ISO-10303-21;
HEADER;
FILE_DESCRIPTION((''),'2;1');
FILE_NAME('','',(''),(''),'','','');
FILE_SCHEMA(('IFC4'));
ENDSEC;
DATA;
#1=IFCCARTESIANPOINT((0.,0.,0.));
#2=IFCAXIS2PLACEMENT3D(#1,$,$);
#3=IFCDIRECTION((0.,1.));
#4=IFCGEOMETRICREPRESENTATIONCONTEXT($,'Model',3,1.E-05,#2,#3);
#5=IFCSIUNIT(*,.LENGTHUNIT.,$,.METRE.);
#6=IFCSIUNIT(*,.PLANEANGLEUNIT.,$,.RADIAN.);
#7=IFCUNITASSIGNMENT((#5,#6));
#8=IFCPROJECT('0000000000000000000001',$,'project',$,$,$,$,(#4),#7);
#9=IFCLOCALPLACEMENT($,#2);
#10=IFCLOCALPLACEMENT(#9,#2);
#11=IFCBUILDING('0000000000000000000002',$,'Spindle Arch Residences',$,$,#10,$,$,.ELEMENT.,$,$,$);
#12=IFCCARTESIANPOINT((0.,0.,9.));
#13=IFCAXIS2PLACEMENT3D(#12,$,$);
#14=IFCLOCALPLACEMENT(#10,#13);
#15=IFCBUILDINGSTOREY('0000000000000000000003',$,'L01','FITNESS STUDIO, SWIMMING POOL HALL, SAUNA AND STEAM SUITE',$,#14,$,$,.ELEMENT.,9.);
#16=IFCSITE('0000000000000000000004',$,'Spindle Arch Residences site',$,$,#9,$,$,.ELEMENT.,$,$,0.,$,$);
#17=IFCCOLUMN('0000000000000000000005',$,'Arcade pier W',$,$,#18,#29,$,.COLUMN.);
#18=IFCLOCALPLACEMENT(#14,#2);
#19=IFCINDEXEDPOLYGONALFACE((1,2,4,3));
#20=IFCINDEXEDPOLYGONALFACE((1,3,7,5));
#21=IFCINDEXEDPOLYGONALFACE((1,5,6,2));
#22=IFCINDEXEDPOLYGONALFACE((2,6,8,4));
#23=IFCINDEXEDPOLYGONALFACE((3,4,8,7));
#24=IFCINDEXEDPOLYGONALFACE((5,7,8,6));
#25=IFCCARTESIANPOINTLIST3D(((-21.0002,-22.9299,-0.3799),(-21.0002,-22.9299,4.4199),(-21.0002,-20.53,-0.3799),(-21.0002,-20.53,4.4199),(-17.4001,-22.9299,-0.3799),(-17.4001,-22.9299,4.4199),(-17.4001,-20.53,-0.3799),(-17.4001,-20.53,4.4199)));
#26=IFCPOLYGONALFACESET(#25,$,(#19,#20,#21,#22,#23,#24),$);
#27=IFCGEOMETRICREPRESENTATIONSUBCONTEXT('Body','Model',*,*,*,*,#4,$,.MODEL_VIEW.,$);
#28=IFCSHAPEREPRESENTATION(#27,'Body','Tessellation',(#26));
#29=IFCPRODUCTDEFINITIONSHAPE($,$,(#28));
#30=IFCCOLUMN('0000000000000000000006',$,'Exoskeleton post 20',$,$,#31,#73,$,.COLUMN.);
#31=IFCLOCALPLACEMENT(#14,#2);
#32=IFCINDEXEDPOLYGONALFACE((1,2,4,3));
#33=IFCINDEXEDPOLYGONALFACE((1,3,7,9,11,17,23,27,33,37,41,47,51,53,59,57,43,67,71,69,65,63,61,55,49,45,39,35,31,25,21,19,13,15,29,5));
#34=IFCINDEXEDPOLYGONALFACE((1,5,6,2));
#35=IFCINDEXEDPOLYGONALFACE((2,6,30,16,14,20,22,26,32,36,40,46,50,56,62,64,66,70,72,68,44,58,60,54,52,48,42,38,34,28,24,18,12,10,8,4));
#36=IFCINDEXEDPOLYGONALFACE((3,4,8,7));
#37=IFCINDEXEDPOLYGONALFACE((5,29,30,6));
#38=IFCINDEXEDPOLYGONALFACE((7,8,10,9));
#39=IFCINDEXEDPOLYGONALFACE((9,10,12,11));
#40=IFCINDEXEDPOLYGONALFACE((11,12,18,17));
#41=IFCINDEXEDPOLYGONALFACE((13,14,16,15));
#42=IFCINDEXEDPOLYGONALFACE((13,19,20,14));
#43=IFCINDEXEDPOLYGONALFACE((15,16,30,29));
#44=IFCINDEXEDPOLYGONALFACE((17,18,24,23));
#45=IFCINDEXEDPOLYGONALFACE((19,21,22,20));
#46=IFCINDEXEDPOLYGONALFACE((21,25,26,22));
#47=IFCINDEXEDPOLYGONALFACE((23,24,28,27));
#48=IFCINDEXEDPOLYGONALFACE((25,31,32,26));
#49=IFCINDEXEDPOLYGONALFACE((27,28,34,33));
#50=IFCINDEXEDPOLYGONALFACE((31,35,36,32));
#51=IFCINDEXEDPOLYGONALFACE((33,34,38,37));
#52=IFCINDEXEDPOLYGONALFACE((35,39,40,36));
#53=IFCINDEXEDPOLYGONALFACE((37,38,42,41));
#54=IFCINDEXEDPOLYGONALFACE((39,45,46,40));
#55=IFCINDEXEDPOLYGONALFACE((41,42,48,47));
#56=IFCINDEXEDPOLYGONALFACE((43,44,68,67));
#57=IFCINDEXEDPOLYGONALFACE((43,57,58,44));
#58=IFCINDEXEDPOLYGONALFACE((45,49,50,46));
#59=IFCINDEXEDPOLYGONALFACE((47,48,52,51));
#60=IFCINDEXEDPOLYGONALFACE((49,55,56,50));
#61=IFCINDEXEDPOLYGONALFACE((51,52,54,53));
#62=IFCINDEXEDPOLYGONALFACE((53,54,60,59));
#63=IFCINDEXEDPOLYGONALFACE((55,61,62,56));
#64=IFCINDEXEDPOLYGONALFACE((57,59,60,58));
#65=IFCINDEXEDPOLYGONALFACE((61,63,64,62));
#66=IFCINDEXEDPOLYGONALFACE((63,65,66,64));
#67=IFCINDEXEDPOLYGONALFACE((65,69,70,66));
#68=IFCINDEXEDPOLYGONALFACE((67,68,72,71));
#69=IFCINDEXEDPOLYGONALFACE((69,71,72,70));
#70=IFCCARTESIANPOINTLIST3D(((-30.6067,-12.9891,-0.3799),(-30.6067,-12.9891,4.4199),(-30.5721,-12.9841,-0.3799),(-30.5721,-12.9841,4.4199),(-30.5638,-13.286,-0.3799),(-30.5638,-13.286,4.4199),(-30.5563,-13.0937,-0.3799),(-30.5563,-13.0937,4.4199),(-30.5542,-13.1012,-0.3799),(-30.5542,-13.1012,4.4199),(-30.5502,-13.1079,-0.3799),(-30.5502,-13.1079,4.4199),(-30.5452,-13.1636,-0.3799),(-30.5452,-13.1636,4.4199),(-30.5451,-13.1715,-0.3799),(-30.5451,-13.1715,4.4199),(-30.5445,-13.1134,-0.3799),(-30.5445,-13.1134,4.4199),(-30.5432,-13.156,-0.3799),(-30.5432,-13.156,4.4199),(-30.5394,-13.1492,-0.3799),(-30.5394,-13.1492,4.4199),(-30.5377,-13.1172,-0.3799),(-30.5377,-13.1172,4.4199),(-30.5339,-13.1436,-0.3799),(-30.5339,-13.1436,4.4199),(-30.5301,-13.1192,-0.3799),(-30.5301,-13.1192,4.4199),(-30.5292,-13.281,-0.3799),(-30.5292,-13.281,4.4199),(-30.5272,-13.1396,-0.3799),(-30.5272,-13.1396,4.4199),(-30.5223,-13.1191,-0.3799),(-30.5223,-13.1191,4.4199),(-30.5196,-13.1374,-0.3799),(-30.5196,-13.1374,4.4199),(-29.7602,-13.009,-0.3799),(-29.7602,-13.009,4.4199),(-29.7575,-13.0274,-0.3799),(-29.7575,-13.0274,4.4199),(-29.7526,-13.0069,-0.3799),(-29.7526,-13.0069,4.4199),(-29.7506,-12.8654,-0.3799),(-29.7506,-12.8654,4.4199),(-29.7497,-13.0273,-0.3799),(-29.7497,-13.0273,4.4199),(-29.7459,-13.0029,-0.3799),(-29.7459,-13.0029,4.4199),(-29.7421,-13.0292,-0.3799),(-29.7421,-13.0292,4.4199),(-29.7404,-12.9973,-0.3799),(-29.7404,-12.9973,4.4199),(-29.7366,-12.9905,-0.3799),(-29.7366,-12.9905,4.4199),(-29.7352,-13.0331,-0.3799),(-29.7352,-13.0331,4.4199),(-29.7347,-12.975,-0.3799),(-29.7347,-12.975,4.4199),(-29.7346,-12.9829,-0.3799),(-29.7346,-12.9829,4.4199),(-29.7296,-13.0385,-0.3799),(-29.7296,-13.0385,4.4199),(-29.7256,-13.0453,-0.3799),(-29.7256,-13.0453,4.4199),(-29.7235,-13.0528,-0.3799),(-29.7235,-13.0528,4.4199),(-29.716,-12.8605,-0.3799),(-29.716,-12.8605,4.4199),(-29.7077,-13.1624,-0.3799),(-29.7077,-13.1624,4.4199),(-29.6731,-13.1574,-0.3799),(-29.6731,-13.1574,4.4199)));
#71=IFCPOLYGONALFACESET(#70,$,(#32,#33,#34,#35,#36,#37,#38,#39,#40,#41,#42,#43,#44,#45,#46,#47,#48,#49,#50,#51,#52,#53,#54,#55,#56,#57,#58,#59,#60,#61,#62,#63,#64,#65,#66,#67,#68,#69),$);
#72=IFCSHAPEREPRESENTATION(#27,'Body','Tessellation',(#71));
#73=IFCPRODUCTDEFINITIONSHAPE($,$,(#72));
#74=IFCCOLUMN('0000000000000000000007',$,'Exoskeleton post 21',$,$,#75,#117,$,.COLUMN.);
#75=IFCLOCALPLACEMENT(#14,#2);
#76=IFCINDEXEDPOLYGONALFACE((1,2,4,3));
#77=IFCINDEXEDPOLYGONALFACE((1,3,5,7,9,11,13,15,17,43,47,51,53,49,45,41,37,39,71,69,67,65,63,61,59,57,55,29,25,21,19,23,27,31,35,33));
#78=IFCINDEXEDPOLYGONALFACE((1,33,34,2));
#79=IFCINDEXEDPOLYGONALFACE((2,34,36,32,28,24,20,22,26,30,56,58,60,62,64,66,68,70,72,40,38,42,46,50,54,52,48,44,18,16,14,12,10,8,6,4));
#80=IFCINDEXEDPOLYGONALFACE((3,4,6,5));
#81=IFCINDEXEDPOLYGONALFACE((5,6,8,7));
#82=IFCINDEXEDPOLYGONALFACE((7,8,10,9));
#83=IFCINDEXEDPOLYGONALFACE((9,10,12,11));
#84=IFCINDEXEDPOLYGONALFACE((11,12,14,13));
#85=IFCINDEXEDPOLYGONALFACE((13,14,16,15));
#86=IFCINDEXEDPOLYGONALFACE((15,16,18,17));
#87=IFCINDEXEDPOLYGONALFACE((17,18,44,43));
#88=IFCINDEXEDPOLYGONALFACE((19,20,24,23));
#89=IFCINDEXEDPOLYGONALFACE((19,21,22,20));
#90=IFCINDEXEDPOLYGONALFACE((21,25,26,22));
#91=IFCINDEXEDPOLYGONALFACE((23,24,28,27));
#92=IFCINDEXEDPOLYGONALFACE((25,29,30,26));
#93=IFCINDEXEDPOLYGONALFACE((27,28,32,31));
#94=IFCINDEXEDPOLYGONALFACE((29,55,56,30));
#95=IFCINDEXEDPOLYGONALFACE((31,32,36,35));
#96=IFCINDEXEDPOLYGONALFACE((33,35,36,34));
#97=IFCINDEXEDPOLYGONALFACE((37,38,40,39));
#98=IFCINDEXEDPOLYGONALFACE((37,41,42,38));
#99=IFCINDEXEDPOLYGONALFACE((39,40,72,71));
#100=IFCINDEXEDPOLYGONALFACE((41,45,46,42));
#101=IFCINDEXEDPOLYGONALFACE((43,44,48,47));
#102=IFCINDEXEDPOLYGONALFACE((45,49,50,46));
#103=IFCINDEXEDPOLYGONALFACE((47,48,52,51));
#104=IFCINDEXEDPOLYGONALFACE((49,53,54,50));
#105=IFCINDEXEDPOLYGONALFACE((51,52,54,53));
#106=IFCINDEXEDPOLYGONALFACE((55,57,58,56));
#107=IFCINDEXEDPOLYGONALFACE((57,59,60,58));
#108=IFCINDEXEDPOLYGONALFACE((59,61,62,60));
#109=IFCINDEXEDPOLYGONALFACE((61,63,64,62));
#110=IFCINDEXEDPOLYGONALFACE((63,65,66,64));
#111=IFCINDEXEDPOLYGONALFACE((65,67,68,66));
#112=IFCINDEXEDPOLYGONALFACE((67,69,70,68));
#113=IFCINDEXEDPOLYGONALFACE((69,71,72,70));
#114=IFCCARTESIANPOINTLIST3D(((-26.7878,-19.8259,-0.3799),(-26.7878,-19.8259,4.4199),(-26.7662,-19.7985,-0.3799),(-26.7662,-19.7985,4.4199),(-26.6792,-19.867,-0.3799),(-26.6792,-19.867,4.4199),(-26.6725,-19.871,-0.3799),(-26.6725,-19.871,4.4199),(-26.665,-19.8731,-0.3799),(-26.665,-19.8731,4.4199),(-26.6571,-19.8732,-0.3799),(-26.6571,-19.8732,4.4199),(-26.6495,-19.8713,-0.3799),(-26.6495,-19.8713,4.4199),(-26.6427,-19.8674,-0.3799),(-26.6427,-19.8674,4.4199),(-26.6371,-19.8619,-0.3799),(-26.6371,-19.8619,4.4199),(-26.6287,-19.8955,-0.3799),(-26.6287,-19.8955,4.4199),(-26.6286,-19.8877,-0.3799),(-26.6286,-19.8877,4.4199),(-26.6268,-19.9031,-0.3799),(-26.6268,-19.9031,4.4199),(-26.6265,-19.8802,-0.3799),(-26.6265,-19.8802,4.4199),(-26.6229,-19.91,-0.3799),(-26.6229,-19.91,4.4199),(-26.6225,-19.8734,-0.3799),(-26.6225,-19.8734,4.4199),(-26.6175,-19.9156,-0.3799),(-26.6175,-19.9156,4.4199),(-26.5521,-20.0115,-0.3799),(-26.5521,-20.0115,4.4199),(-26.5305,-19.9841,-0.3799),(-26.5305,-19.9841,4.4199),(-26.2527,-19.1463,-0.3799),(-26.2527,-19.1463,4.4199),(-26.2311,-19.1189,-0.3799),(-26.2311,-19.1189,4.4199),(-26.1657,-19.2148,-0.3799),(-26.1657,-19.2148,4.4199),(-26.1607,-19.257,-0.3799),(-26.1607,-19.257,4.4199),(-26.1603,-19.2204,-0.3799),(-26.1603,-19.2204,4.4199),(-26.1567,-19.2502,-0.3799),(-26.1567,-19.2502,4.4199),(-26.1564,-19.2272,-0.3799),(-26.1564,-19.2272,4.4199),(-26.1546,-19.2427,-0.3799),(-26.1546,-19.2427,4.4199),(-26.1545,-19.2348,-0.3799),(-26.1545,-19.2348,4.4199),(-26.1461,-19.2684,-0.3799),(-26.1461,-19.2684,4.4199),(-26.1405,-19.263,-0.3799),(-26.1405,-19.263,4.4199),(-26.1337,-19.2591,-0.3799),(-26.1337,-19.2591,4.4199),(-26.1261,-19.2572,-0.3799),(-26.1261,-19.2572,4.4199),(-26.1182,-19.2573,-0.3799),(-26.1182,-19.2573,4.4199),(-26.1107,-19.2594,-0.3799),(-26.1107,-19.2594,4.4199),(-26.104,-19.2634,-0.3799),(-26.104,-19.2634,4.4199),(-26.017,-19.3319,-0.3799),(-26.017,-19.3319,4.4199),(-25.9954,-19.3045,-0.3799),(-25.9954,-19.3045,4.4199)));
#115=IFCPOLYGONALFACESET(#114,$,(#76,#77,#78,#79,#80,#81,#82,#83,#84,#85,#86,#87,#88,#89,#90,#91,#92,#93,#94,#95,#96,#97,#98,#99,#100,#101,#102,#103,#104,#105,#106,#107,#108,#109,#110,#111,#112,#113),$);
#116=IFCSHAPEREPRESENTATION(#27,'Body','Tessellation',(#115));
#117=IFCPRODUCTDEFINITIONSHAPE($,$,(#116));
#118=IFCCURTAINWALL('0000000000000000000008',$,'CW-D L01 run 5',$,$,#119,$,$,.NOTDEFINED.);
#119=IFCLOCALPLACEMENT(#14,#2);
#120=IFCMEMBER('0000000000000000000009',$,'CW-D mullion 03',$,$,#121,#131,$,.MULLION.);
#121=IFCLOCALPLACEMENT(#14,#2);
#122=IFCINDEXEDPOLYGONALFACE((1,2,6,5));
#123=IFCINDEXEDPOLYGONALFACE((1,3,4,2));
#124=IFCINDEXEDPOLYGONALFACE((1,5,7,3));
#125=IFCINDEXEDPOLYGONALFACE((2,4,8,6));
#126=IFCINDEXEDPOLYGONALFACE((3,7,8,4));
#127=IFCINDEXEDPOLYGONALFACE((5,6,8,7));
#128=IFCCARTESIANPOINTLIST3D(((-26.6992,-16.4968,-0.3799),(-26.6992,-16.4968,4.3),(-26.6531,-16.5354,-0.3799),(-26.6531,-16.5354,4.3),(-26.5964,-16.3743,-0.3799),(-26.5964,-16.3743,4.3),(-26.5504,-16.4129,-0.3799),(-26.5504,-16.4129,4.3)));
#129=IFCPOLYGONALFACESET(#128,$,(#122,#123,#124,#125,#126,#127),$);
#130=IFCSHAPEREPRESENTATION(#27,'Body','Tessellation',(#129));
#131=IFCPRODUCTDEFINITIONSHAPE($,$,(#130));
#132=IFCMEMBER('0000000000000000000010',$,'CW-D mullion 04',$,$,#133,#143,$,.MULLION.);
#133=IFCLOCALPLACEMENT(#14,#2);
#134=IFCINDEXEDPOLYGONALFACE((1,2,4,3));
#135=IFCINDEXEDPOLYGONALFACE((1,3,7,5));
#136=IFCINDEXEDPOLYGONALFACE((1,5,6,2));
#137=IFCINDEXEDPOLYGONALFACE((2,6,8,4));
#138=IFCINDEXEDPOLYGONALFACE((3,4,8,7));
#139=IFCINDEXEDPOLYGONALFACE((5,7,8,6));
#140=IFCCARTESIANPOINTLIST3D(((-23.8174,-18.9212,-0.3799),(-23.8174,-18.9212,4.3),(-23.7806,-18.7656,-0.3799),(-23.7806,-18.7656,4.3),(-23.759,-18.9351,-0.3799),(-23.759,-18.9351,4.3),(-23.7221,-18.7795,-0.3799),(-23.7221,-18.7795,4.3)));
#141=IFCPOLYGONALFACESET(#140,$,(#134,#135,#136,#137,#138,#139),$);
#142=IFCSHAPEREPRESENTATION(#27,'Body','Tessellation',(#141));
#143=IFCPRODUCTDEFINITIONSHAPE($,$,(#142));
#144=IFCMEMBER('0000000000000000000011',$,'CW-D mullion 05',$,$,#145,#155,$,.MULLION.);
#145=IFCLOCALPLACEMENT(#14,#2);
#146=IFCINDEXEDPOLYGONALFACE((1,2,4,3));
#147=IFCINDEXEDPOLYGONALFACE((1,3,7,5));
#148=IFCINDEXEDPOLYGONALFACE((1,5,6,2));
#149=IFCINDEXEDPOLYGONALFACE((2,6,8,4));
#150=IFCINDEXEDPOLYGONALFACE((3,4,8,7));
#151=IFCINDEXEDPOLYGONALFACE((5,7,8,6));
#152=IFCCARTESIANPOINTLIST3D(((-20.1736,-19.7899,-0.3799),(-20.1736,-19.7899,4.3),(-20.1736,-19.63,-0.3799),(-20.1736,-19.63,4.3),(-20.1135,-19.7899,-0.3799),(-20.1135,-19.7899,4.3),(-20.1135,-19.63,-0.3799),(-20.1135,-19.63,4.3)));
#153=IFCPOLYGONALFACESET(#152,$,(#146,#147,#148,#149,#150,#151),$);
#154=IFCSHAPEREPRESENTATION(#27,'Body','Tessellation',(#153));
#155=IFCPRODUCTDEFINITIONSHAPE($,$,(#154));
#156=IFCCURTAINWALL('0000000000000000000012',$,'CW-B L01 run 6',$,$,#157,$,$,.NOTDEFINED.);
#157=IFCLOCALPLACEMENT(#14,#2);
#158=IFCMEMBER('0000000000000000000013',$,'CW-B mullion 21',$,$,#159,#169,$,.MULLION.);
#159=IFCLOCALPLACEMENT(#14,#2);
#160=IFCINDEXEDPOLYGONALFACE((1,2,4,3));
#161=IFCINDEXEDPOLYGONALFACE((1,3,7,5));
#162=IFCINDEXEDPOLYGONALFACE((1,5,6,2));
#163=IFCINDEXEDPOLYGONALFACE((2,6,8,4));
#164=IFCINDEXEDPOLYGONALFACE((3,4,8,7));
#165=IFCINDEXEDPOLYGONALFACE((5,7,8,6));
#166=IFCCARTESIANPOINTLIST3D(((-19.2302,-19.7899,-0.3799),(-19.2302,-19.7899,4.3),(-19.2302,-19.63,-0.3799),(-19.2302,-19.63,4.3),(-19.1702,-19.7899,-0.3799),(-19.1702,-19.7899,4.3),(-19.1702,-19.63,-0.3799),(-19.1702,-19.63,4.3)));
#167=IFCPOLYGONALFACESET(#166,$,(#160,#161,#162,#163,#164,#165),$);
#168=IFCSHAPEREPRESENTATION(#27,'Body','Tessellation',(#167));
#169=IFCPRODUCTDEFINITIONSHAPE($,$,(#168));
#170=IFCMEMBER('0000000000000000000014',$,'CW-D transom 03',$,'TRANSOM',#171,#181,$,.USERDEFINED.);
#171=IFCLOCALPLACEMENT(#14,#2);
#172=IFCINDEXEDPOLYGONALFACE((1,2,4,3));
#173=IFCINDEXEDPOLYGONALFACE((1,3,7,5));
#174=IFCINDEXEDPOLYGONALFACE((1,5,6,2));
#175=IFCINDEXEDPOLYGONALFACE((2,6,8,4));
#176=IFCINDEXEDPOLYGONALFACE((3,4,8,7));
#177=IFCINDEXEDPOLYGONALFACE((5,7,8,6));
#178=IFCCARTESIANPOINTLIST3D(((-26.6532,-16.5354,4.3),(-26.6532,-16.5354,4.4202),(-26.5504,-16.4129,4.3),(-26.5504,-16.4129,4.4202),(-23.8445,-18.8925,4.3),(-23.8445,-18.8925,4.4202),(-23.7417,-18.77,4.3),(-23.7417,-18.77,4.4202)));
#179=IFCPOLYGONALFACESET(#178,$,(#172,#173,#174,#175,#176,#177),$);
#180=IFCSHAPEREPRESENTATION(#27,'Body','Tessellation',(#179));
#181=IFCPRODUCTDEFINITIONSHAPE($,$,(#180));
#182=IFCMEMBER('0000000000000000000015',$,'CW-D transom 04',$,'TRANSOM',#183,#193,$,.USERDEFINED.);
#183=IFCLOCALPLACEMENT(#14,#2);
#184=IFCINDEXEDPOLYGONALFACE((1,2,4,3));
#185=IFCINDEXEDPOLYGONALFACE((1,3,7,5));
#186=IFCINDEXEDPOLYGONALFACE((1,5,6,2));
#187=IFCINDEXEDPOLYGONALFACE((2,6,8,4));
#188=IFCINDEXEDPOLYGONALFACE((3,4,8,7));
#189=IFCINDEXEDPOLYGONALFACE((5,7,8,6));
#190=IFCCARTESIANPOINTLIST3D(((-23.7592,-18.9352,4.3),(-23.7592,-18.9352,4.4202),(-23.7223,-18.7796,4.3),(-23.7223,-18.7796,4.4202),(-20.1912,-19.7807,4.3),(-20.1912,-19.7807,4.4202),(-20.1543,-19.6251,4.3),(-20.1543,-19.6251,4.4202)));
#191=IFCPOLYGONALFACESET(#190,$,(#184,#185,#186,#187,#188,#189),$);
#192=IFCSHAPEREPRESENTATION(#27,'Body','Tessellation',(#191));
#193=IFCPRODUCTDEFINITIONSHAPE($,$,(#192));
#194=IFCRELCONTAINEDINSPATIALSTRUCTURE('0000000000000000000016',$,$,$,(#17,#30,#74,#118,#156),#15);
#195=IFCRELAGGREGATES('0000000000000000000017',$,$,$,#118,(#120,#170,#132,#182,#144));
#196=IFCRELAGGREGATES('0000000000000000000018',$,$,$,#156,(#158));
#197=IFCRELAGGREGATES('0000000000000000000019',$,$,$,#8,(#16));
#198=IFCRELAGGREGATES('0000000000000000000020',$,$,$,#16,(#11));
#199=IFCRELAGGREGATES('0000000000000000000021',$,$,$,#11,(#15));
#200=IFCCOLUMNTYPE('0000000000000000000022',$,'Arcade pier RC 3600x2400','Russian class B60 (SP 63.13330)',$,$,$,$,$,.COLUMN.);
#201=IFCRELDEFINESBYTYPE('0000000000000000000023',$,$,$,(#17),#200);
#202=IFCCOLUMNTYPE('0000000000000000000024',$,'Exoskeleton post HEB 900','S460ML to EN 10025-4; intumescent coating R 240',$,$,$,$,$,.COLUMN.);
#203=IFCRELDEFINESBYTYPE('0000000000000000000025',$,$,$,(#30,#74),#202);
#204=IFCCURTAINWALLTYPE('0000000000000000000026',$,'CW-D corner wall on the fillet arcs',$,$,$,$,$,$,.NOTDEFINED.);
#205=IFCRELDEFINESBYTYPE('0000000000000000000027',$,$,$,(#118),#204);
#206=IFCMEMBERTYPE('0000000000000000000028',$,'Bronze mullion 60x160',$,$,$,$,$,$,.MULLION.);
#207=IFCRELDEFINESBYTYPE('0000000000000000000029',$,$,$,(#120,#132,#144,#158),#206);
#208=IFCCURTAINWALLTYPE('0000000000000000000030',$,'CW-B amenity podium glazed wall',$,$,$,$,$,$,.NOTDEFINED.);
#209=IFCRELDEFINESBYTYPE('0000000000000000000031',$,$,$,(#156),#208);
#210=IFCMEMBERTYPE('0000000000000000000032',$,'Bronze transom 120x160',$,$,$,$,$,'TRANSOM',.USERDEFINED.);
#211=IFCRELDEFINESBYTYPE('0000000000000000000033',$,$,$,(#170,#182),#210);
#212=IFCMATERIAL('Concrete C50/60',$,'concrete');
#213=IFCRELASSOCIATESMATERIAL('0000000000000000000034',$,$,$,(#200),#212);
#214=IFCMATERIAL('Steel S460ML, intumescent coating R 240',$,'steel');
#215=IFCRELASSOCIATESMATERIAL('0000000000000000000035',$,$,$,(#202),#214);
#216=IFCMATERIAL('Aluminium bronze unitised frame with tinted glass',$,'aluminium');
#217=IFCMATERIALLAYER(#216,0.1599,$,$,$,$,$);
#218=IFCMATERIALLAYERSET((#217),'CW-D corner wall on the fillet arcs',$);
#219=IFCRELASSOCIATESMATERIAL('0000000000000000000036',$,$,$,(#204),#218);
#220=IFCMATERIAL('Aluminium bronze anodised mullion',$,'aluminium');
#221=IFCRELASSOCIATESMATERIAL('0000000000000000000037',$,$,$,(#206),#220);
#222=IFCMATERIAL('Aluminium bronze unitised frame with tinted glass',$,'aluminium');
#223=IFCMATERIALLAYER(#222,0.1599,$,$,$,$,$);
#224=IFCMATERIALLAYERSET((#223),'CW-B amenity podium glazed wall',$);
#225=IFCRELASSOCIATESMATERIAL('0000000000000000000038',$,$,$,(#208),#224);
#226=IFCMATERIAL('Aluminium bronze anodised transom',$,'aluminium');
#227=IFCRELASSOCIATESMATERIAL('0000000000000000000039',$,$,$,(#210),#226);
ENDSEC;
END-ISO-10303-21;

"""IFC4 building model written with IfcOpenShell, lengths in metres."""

from ifc_helpers import new_model, si_unit, direction, frame, origin, origin_2d, place, context, subcontext, project, spatial, rectangle, i_section, extrude, material, layer, layer_set, material_profile, profile_set, type_object, element, aggregate, save


model = new_model("IFC4")

# Units and contexts
model_context = context("Model", 3, precision=1e-05, world=origin(), true_north=direction((0.0, 1.0)))
body_context = subcontext(model_context, "Body", "Model", "MODEL_VIEW")
ifc_project = project(units=[si_unit("LENGTHUNIT", "METRE"), si_unit("PLANEANGLEUNIT", "RADIAN")], contexts=[model_context])

# Site, building, storey
site_placement = place(None, origin())
site = spatial("IfcSite", under=ifc_project, at=site_placement, Name="Spindle Arch Residences site", CompositionType="ELEMENT", RefElevation=0.0)
building_placement = place(site_placement, origin())
building = spatial("IfcBuilding", under=site, at=building_placement, Name="Spindle Arch Residences", CompositionType="ELEMENT")
storey_placement = place(building_placement, frame((0.0, 0.0, 9.0)))
storey = spatial("IfcBuildingStorey", under=building, at=storey_placement, Name="L01", Description="FITNESS STUDIO, SWIMMING POOL HALL, SAUNA AND STEAM SUITE", CompositionType="ELEMENT", Elevation=9.0)

# Columns
ifc_material_1 = material(Name="Concrete C50/60", Category="concrete")
ifc_material_profile_1 = material_profile(ifc_material_1, rectangle(XDim=3.6001, YDim=2.3999, at=origin_2d()), Name="RC 3600x2400")
ifc_profile_set_1 = profile_set([ifc_material_profile_1], Name="Concrete C50/60")
column_type_1 = type_object("IfcColumnType", Name="Arcade pier RC 3600x2400", Description="Russian class B60 (SP 63.13330)", PredefinedType="COLUMN", material=ifc_profile_set_1)
column_placement = place(storey_placement, frame((-19.2002, -21.73, -0.3799), z_axis=(0.0, 0.0, 1.0), x_axis=(1.0, 0.0, 0.0)))
element("IfcColumn", 1, at=column_placement, inside=storey, type_object=column_type_1, Name="Arcade pier W", PredefinedType="COLUMN", context=body_context, shape_type="SweptSolid", body=[
    extrude(rectangle(XDim=3.6001, YDim=2.3999, at=origin_2d()), origin(), (0.0, 0.0, 1.0), 4.7998),
])
ifc_material_2 = material(Name="Steel S460ML, intumescent coating R 240", Category="steel")
ifc_material_profile_2 = material_profile(ifc_material_2, i_section(OverallWidth=0.3, OverallDepth=0.8999, WebThickness=0.0186, FlangeThickness=0.0349, FilletRadius=0.03, at=origin_2d()), Name="HEB 900")
ifc_profile_set_2 = profile_set([ifc_material_profile_2], Name="Steel S460ML, intumescent coating R 240")
column_type_2 = type_object("IfcColumnType", Name="Exoskeleton post HEB 900", Description="S460ML to EN 10025-4; intumescent coating R 240", PredefinedType="COLUMN", material=ifc_profile_set_2)
for number, where, z_axis, x_axis, name in (
    (2, (-30.1399, -13.0732, -0.3799), (0.0, 0.0, 1.0), (-0.142906, 0.989736, 0.0), "Exoskeleton post 20"),
    (3, (-26.3916, -19.5652, -0.3799), (0.0, 0.0, 1.0), (-0.785684, 0.618629, 0.0), "Exoskeleton post 21"),
):
    element("IfcColumn", number, at=place(storey_placement, frame(where, z_axis=z_axis, x_axis=x_axis)), inside=storey, type_object=column_type_2, Name=name, PredefinedType="COLUMN", context=body_context, shape_type="SweptSolid", body=[
        extrude(i_section(OverallWidth=0.3, OverallDepth=0.8999, WebThickness=0.0186, FlangeThickness=0.0349, FilletRadius=0.03, at=origin_2d()), origin(), (0.0, 0.0, 1.0), 4.7998),
    ])

# Curtain wall, members
ifc_material_3 = material(Name="Aluminium bronze unitised frame with tinted glass", Category="aluminium")
ifc_layer_1 = layer(ifc_material_3, 0.1599)
ifc_layer_set_1 = layer_set([ifc_layer_1], Name="CW-D corner wall on the fillet arcs")
curtain_wall_type_1 = type_object("IfcCurtainWallType", Name="CW-D corner wall on the fillet arcs", PredefinedType="NOTDEFINED", material=ifc_layer_set_1)
curtain_wall_1_placement = place(storey_placement, origin())
curtain_wall_1 = element("IfcCurtainWall", 4, at=curtain_wall_1_placement, inside=storey, type_object=curtain_wall_type_1, Name="CW-D L01 run 5", PredefinedType="NOTDEFINED")
ifc_material_4 = material(Name="Aluminium bronze anodised mullion", Category="aluminium")
ifc_material_profile_3 = material_profile(ifc_material_4, rectangle(XDim=0.1599, YDim=0.0601, at=origin_2d()), Name="MU 60x160")
ifc_profile_set_3 = profile_set([ifc_material_profile_3], Name="Aluminium bronze anodised mullion")
member_type_1 = type_object("IfcMemberType", Name="Bronze mullion 60x160", PredefinedType="MULLION", material=ifc_profile_set_3)
member_1_placement = place(storey_placement, frame((-26.6248, -16.4548, -0.3799), z_axis=(0.0, 0.0, 1.0), x_axis=(0.642788, 0.766044, 0.0)))
member_1 = element("IfcMember", 5, at=member_1_placement, type_object=member_type_1, Name="CW-D mullion 03", PredefinedType="MULLION", context=body_context, shape_type="SweptSolid", body=[
    extrude(rectangle(XDim=0.1599, YDim=0.0601, at=origin_2d()), origin(), (0.0, 0.0, 1.0), 4.6799),
])
member_2_placement = place(storey_placement, frame((-23.7698, -18.8503, -0.3799), z_axis=(0.0, 0.0, 1.0), x_axis=(0.230616, 0.973045, 0.0)))
member_2 = element("IfcMember", 6, at=member_2_placement, type_object=member_type_1, Name="CW-D mullion 04", PredefinedType="MULLION", context=body_context, shape_type="SweptSolid", body=[
    extrude(rectangle(XDim=0.1599, YDim=0.0601, at=origin_2d()), origin(), (0.0, 0.0, 1.0), 4.6799),
])
member_3_placement = place(storey_placement, frame((-20.1436, -19.71, -0.3799), z_axis=(0.0, 0.0, 1.0), x_axis=(0.0, 1.0, 0.0)))
member_3 = element("IfcMember", 7, at=member_3_placement, type_object=member_type_1, Name="CW-D mullion 05", PredefinedType="MULLION", context=body_context, shape_type="SweptSolid", body=[
    extrude(rectangle(XDim=0.1599, YDim=0.0601, at=origin_2d()), origin(), (0.0, 0.0, 1.0), 4.6799),
])

# Curtain wall, member
ifc_material_5 = material(Name="Aluminium bronze unitised frame with tinted glass", Category="aluminium")
ifc_layer_2 = layer(ifc_material_5, 0.1599)
ifc_layer_set_2 = layer_set([ifc_layer_2], Name="CW-B amenity podium glazed wall")
curtain_wall_type_2 = type_object("IfcCurtainWallType", Name="CW-B amenity podium glazed wall", PredefinedType="NOTDEFINED", material=ifc_layer_set_2)
curtain_wall_2_placement = place(storey_placement, origin())
curtain_wall_2 = element("IfcCurtainWall", 8, at=curtain_wall_2_placement, inside=storey, type_object=curtain_wall_type_2, Name="CW-B L01 run 6", PredefinedType="NOTDEFINED")
member_4_placement = place(storey_placement, frame((-19.2002, -19.71, -0.3799), z_axis=(0.0, 0.0, 1.0), x_axis=(0.0, 1.0, 0.0)))
member_4 = element("IfcMember", 9, at=member_4_placement, type_object=member_type_1, Name="CW-B mullion 21", PredefinedType="MULLION", context=body_context, shape_type="SweptSolid", body=[
    extrude(rectangle(XDim=0.1599, YDim=0.0601, at=origin_2d()), origin(), (0.0, 0.0, 1.0), 4.6799),
])

# Members
ifc_material_6 = material(Name="Aluminium bronze anodised transom", Category="aluminium")
ifc_material_profile_4 = material_profile(ifc_material_6, rectangle(XDim=0.1599, YDim=0.1201, at=origin_2d()), Name="TR 120x160")
ifc_profile_set_4 = profile_set([ifc_material_profile_4], Name="Aluminium bronze anodised transom")
member_type_2 = type_object("IfcMemberType", Name="Bronze transom 120x160", ElementType="TRANSOM", PredefinedType="USERDEFINED", material=ifc_profile_set_4)
member_5_placement = place(storey_placement, frame((-26.6018, -16.4741, 4.3601), z_axis=(0.766006, -0.642833, 0.0), x_axis=(0.642833, 0.766006, 0.0)))
member_5 = element("IfcMember", 10, at=member_5_placement, type_object=member_type_2, Name="CW-D transom 03", ObjectType="TRANSOM", PredefinedType="USERDEFINED", context=body_context, shape_type="SweptSolid", body=[
    extrude(rectangle(XDim=0.1599, YDim=0.1201, at=origin_2d()), origin(), (0.0, 0.0, 1.0), 3.6667),
])
member_6_placement = place(storey_placement, frame((-23.7407, -18.8574, 4.3601), z_axis=(0.973054, -0.230579, 0.0), x_axis=(0.230579, 0.973054, 0.0)))
member_6 = element("IfcMember", 11, at=member_6_placement, type_object=member_type_2, Name="CW-D transom 04", ObjectType="TRANSOM", PredefinedType="USERDEFINED", context=body_context, shape_type="SweptSolid", body=[
    extrude(rectangle(XDim=0.1599, YDim=0.1201, at=origin_2d()), origin(), (0.0, 0.0, 1.0), 3.6667),
])

aggregate(curtain_wall_1, [member_1, member_5, member_2, member_6, member_3])
aggregate(curtain_wall_2, [member_4])

save(model, "model.ifc")
